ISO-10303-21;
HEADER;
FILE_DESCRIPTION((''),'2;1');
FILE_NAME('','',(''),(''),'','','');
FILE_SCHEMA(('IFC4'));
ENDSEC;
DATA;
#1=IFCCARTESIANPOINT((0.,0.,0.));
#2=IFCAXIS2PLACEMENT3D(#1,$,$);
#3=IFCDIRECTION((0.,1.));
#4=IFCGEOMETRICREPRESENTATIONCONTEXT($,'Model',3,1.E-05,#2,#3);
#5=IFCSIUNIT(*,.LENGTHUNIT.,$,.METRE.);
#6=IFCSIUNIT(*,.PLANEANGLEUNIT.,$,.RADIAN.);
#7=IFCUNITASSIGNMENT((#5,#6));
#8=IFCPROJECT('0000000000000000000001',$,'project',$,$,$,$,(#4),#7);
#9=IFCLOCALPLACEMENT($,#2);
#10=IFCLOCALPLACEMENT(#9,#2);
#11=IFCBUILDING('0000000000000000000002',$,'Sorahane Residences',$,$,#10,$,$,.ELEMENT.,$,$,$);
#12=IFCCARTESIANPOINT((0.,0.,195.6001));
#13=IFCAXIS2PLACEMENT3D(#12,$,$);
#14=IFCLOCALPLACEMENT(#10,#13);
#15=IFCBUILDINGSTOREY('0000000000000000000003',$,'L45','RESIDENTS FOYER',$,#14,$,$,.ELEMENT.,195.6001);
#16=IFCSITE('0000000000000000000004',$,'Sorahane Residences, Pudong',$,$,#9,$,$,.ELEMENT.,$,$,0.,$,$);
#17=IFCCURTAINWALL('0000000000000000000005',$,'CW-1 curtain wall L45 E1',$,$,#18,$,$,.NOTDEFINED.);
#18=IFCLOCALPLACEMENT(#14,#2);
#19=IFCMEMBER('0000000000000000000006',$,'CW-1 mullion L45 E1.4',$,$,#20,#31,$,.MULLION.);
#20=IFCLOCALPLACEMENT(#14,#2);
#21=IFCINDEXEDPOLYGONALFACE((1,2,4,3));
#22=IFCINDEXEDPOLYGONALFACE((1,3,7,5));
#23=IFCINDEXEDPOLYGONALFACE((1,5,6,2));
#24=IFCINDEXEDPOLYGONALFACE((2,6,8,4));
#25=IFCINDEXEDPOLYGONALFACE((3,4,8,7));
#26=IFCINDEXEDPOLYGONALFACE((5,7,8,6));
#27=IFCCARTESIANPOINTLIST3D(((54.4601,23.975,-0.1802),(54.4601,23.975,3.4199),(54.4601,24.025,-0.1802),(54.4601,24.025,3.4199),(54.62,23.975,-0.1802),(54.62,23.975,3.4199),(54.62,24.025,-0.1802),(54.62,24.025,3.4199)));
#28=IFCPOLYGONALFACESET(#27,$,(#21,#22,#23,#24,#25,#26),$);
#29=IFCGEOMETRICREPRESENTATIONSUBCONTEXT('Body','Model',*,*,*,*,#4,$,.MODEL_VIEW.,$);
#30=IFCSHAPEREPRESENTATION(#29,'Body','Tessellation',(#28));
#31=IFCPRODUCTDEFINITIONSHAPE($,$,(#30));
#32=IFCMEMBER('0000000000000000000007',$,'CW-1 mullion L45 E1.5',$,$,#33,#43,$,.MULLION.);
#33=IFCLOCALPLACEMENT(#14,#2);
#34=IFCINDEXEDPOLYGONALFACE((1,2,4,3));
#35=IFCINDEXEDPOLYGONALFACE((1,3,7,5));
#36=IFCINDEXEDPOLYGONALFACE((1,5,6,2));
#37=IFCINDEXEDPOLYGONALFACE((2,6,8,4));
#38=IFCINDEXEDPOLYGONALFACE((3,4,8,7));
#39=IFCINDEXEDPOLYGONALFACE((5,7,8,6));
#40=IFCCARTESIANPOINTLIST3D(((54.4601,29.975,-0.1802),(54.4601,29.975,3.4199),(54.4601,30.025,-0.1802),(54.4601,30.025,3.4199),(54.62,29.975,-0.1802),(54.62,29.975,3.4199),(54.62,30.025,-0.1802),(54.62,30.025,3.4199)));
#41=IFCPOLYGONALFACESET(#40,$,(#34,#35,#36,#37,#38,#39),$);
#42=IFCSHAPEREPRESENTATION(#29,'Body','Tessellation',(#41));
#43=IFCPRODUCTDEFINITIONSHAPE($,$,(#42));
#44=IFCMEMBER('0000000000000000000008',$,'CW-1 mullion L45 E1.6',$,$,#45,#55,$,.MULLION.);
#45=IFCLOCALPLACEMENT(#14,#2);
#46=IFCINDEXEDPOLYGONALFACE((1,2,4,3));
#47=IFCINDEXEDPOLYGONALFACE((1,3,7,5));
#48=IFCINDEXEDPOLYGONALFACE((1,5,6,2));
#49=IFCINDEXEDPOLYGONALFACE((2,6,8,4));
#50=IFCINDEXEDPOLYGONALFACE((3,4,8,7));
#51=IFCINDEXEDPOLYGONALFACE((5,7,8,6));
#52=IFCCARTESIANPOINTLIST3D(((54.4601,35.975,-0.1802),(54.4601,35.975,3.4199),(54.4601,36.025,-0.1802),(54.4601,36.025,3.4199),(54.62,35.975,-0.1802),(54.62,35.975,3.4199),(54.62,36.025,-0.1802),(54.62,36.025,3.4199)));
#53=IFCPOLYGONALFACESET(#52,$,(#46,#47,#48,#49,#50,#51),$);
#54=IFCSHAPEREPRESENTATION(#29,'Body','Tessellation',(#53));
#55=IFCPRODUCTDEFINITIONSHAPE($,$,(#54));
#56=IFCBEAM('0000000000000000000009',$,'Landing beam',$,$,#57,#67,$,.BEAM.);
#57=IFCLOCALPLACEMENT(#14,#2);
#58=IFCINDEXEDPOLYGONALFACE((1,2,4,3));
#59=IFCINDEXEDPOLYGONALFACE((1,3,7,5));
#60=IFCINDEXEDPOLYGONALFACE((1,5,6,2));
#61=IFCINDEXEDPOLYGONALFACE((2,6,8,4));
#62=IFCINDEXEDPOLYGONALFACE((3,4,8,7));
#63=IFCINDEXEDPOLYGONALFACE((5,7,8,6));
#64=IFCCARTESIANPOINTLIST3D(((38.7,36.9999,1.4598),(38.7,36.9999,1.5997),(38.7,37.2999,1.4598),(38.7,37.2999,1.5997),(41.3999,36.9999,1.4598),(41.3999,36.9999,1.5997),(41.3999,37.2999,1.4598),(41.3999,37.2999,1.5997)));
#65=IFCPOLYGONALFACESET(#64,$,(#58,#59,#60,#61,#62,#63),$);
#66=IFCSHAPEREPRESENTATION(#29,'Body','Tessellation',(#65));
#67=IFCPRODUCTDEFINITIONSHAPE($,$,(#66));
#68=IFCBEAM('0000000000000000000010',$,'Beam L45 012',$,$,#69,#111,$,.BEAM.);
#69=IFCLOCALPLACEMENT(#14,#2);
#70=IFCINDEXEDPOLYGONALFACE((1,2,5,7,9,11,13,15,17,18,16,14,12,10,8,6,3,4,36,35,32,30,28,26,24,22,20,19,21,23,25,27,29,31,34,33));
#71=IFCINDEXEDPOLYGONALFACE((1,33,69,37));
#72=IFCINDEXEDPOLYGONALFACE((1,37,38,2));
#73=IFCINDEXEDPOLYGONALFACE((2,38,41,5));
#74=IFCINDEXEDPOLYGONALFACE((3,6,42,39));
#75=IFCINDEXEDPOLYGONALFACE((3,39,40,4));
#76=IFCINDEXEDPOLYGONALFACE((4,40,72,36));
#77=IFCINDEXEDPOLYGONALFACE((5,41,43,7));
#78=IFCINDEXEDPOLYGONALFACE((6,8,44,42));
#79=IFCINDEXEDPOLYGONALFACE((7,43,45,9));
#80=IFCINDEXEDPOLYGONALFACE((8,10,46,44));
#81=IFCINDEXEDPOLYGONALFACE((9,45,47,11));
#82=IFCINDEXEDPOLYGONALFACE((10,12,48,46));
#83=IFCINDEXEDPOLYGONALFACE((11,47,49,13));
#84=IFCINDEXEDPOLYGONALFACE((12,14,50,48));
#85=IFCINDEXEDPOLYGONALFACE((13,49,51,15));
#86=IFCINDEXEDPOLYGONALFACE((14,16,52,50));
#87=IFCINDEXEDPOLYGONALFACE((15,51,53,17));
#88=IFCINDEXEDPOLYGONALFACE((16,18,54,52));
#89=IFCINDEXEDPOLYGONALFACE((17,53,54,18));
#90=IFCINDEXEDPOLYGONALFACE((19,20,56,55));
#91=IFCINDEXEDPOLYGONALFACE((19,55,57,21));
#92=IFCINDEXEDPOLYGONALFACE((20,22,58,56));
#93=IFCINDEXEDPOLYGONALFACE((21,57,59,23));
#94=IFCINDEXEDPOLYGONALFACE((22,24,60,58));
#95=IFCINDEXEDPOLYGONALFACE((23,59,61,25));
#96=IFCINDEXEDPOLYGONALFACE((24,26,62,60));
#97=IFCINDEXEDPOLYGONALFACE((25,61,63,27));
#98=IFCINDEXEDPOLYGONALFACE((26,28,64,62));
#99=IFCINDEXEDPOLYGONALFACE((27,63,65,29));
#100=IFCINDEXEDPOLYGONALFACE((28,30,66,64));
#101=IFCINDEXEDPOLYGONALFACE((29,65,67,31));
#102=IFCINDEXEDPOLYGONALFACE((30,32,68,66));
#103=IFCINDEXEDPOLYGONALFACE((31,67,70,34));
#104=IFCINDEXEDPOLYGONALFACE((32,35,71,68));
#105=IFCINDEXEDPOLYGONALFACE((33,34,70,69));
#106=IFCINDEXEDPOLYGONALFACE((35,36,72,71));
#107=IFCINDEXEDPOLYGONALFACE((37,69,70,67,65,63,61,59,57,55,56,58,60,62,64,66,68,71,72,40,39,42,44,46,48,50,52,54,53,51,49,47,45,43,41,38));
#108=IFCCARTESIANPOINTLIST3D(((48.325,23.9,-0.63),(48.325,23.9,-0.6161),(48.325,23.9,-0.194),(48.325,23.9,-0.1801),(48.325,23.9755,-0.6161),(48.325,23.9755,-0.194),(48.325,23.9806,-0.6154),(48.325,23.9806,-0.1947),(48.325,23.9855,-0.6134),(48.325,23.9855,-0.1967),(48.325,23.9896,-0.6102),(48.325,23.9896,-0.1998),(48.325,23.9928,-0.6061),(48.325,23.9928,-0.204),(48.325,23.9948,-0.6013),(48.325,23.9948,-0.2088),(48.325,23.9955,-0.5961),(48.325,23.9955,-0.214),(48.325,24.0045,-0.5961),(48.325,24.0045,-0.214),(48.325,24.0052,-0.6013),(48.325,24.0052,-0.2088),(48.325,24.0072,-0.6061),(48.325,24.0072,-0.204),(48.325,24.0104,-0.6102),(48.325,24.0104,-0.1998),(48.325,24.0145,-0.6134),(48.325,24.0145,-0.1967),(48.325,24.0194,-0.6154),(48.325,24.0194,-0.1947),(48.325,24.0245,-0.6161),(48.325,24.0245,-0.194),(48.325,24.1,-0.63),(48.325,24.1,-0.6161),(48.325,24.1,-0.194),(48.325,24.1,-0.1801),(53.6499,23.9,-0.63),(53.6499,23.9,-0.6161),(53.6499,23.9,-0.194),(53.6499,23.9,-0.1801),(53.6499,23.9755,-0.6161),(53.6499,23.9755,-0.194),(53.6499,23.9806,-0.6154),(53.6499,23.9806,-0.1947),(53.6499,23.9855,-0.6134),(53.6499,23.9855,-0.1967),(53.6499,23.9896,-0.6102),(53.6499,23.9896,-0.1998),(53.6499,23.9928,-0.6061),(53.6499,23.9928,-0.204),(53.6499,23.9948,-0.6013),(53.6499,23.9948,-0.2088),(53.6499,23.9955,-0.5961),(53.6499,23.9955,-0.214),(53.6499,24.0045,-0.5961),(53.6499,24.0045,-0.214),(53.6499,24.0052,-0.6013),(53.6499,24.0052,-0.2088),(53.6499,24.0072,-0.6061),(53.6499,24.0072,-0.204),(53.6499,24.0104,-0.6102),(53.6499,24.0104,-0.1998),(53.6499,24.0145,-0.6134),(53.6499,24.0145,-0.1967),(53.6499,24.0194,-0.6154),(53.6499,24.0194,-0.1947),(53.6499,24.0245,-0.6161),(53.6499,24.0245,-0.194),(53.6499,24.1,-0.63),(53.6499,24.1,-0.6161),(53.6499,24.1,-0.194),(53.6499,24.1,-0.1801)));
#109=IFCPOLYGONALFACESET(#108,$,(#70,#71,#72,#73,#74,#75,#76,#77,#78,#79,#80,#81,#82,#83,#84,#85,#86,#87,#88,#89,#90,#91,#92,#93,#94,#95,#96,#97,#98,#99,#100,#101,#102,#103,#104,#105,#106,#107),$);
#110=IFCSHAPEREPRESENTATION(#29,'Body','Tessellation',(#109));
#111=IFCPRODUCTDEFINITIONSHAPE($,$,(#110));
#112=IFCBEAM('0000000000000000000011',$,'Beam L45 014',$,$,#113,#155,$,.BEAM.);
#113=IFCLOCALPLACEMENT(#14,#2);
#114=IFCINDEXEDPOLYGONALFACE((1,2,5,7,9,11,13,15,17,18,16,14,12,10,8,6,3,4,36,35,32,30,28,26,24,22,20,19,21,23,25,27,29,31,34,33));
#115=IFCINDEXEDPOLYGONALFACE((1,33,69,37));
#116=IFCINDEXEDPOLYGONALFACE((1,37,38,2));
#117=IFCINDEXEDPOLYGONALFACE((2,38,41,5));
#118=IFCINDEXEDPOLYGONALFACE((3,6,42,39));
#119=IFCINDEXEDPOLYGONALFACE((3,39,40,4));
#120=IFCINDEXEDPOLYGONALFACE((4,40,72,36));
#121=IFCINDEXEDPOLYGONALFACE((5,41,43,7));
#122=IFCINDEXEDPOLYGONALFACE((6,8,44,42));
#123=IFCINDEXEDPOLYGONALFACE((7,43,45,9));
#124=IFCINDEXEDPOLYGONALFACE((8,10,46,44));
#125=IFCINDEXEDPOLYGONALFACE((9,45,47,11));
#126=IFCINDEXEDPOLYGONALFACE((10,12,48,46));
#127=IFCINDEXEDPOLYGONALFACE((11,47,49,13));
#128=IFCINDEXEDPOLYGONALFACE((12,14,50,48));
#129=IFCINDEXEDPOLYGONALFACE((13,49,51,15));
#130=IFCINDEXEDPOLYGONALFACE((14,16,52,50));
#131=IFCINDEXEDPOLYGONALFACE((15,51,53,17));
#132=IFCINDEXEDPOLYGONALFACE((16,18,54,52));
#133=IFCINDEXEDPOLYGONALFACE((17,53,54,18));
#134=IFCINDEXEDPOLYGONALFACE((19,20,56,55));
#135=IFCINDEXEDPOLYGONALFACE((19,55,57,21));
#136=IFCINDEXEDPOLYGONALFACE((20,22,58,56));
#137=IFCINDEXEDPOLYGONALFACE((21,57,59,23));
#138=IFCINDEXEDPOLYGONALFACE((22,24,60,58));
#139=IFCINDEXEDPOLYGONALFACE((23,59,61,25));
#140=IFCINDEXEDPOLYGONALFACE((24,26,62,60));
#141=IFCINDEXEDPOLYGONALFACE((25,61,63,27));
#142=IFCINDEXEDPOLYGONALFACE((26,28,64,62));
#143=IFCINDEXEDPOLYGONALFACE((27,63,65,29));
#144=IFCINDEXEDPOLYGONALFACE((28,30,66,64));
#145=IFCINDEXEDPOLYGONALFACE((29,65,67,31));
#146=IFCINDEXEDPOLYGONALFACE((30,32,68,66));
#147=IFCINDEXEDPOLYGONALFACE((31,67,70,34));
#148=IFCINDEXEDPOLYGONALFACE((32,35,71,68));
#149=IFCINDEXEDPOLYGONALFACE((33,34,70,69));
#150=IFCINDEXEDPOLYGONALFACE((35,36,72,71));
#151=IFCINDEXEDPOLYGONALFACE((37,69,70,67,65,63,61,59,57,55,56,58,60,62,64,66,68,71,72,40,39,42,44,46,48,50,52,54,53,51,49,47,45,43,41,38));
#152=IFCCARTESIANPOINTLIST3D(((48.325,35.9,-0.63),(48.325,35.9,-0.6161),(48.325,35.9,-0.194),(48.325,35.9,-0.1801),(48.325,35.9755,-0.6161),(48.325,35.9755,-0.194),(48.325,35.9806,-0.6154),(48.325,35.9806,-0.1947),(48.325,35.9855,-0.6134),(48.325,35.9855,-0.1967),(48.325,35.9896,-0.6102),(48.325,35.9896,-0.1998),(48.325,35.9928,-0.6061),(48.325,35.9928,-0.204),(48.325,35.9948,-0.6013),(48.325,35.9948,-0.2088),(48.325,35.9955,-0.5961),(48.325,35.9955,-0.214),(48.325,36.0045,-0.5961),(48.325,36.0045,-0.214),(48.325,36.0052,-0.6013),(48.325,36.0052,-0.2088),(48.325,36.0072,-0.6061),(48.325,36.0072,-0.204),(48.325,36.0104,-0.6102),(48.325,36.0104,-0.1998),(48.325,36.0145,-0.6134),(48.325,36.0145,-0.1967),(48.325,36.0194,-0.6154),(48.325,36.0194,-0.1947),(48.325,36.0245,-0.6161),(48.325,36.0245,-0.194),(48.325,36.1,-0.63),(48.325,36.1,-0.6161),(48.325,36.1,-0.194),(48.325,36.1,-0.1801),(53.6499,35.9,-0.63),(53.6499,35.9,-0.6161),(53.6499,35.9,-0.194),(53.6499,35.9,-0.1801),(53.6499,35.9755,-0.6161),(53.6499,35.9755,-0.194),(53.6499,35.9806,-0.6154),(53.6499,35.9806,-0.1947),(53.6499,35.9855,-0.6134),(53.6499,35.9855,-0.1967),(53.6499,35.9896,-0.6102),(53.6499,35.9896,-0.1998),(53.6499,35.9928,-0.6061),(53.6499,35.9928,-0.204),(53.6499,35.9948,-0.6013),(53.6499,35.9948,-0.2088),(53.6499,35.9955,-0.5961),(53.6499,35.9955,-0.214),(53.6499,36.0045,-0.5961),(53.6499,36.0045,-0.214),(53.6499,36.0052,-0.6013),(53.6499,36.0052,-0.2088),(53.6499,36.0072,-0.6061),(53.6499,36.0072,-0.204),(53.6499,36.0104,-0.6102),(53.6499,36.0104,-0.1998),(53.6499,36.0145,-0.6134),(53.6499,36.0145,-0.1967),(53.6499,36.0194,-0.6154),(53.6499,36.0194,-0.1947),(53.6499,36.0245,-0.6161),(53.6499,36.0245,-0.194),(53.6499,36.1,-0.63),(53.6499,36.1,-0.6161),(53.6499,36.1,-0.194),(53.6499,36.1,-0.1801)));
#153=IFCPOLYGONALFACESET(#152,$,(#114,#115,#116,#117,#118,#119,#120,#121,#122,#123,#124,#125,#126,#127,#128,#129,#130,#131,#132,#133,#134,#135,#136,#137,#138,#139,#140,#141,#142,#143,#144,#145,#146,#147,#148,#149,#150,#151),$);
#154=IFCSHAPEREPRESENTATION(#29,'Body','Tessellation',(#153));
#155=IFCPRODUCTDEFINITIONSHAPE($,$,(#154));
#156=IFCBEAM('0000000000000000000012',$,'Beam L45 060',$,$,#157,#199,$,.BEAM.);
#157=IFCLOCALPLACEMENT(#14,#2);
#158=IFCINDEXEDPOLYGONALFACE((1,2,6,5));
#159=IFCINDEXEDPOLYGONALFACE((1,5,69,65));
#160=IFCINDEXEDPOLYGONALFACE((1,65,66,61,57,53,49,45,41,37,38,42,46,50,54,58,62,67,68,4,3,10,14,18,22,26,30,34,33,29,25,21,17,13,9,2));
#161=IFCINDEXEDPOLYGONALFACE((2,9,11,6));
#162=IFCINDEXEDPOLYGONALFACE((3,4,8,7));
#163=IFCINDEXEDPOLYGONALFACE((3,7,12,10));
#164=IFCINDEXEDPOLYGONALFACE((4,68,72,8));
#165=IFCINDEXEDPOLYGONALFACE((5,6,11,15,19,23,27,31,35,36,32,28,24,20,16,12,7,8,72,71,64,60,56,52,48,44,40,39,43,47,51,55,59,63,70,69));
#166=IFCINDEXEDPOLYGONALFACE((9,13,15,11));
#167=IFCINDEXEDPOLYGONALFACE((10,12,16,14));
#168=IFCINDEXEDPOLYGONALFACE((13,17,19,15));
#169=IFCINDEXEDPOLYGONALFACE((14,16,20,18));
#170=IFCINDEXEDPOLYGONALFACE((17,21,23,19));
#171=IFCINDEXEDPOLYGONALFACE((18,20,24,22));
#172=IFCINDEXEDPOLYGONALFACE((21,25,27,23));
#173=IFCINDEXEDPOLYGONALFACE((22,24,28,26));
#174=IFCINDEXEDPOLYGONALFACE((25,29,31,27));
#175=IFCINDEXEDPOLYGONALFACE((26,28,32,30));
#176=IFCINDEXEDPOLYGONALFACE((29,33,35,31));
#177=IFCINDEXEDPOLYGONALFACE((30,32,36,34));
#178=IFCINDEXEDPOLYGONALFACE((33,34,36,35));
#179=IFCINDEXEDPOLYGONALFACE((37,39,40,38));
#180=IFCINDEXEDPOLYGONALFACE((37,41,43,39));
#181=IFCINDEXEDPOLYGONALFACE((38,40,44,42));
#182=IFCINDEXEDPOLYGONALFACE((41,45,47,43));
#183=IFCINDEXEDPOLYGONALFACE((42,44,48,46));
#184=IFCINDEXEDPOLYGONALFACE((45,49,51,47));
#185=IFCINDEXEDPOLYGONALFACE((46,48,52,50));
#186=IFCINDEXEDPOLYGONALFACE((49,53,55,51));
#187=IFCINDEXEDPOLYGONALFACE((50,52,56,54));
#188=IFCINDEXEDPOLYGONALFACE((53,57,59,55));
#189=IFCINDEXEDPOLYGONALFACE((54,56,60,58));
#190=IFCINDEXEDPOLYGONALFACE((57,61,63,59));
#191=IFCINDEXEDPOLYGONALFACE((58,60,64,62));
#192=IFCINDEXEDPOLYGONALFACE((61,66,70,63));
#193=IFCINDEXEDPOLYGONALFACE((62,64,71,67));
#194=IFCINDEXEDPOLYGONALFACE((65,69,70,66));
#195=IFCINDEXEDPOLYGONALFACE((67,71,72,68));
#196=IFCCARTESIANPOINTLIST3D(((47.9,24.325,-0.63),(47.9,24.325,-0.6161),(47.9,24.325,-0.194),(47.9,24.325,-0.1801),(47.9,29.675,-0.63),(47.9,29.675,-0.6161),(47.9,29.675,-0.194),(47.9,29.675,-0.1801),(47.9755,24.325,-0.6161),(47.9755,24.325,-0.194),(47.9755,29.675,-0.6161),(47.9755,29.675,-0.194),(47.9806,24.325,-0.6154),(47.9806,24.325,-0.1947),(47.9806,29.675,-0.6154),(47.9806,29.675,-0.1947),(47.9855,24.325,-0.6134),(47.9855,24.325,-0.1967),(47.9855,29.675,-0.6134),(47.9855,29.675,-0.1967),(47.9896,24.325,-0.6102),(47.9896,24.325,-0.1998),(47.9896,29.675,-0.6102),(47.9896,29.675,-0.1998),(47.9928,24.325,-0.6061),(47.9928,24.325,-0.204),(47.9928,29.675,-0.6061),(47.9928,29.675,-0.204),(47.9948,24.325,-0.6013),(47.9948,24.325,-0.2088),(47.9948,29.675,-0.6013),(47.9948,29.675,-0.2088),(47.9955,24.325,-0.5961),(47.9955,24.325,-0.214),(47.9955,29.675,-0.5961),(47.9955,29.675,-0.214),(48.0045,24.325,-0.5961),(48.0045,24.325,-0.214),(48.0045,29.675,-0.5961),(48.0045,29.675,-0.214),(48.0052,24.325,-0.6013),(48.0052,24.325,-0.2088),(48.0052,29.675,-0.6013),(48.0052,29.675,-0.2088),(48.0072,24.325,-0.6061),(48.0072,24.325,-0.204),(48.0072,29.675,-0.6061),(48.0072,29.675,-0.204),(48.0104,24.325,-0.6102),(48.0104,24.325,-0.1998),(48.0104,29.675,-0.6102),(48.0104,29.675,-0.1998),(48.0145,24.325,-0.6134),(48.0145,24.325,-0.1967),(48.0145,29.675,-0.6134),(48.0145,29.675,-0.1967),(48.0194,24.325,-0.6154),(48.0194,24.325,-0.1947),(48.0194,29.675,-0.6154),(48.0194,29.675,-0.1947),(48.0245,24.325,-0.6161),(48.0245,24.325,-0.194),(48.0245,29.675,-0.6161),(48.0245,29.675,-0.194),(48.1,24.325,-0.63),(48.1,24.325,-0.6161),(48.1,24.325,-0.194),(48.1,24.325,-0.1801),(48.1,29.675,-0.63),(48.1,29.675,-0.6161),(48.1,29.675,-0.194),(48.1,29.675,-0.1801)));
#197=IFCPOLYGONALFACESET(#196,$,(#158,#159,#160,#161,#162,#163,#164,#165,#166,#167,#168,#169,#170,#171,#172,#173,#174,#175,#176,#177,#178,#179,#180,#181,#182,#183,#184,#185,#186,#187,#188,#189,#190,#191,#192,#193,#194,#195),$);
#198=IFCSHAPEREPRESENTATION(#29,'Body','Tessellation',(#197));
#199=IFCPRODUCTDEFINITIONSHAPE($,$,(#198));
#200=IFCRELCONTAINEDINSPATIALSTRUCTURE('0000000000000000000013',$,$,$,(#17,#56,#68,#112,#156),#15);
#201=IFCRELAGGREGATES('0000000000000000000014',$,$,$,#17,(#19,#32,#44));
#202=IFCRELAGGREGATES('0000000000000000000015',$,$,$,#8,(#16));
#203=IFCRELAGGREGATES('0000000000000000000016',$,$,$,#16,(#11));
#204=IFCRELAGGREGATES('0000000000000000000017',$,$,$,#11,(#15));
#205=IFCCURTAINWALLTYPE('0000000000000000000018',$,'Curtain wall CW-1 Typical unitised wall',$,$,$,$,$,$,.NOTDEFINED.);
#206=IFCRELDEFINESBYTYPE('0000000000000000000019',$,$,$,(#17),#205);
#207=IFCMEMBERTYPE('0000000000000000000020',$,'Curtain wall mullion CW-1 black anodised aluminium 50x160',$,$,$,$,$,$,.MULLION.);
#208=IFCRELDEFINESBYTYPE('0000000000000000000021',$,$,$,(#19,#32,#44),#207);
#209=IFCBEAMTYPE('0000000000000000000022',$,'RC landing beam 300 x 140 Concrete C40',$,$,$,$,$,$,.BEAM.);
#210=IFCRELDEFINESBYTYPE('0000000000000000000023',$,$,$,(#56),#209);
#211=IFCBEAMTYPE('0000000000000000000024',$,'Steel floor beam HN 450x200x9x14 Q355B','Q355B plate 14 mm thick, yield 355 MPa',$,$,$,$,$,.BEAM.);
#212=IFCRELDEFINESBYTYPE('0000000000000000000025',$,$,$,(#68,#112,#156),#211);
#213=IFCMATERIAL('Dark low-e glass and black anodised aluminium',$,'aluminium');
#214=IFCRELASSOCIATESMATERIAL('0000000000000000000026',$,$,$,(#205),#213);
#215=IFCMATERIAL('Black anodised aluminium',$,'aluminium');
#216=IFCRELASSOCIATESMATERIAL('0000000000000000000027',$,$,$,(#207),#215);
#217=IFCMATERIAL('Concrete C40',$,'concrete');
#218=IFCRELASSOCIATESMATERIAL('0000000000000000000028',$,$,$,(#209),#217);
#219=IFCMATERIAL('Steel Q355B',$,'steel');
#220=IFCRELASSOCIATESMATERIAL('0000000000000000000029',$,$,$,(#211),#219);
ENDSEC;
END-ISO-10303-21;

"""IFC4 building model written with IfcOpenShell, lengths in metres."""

from ifc_helpers import new_model, si_unit, direction, frame, origin, origin_2d, place, context, subcontext, project, spatial, rectangle, i_section, extrude, material, material_profile, profile_set, type_object, element, aggregate, save


model = new_model("IFC4")

# Units and contexts
model_context = context("Model", 3, precision=1e-05, world=origin(), true_north=direction((0.0, 1.0)))
body_context = subcontext(model_context, "Body", "Model", "MODEL_VIEW")
ifc_project = project(units=[si_unit("LENGTHUNIT", "METRE"), si_unit("PLANEANGLEUNIT", "RADIAN")], contexts=[model_context])

# Site, building, storey
site_placement = place(None, origin())
site = spatial("IfcSite", under=ifc_project, at=site_placement, Name="Sorahane Residences, Pudong", CompositionType="ELEMENT", RefElevation=0.0)
building_placement = place(site_placement, origin())
building = spatial("IfcBuilding", under=site, at=building_placement, Name="Sorahane Residences", CompositionType="ELEMENT")
storey_placement = place(building_placement, frame((0.0, 0.0, 195.6001)))
storey = spatial("IfcBuildingStorey", under=building, at=storey_placement, Name="L45", Description="RESIDENTS FOYER", CompositionType="ELEMENT", Elevation=195.6001)

# Curtain wall, members
ifc_material_1 = material(Name="Dark low-e glass and black anodised aluminium", Category="aluminium")
curtain_wall_type = type_object("IfcCurtainWallType", Name="Curtain wall CW-1 Typical unitised wall", PredefinedType="NOTDEFINED", material=ifc_material_1)
curtain_wall_placement = place(storey_placement, origin())
curtain_wall = element("IfcCurtainWall", 1, at=curtain_wall_placement, inside=storey, type_object=curtain_wall_type, Name="CW-1 curtain wall L45 E1", PredefinedType="NOTDEFINED")
ifc_material_2 = material(Name="Black anodised aluminium", Category="aluminium")
ifc_material_profile_1 = material_profile(ifc_material_2, rectangle(XDim=0.1599, YDim=0.05, at=origin_2d()), Name="Curtain wall mullion CW-1 black anodised aluminium 50x160")
ifc_profile_set_1 = profile_set([ifc_material_profile_1], Name="Black anodised aluminium")
member_type_1 = type_object("IfcMemberType", Name="Curtain wall mullion CW-1 black anodised aluminium 50x160", PredefinedType="MULLION", material=ifc_profile_set_1)
member_1_placement = place(storey_placement, frame((54.54, 24.0, -0.1802), z_axis=(0.0, 0.0, 1.0), x_axis=(1.0, 0.0, 0.0)))
member_1 = element("IfcMember", 2, at=member_1_placement, type_object=member_type_1, Name="CW-1 mullion L45 E1.4", PredefinedType="MULLION", context=body_context, shape_type="SweptSolid", body=[
    extrude(rectangle(XDim=0.1599, YDim=0.05, at=origin_2d()), origin(), (0.0, 0.0, 1.0), 3.6001),
])
member_2_placement = place(storey_placement, frame((54.54, 30.0, -0.1802), z_axis=(0.0, 0.0, 1.0), x_axis=(1.0, 0.0, 0.0)))
member_2 = element("IfcMember", 3, at=member_2_placement, type_object=member_type_1, Name="CW-1 mullion L45 E1.5", PredefinedType="MULLION", context=body_context, shape_type="SweptSolid", body=[
    extrude(rectangle(XDim=0.1599, YDim=0.05, at=origin_2d()), origin(), (0.0, 0.0, 1.0), 3.6001),
])
member_3_placement = place(storey_placement, frame((54.54, 36.0, -0.1802), z_axis=(0.0, 0.0, 1.0), x_axis=(1.0, 0.0, 0.0)))
member_3 = element("IfcMember", 4, at=member_3_placement, type_object=member_type_1, Name="CW-1 mullion L45 E1.6", PredefinedType="MULLION", context=body_context, shape_type="SweptSolid", body=[
    extrude(rectangle(XDim=0.1599, YDim=0.05, at=origin_2d()), origin(), (0.0, 0.0, 1.0), 3.6001),
])

# Beams
ifc_material_3 = material(Name="Concrete C40", Category="concrete")
ifc_material_profile_2 = material_profile(ifc_material_3, rectangle(XDim=0.3, YDim=0.1399, at=origin_2d()), Name="300x140")
ifc_profile_set_2 = profile_set([ifc_material_profile_2], Name="Concrete C40")
beam_type_1 = type_object("IfcBeamType", Name="RC landing beam 300 x 140 Concrete C40", PredefinedType="BEAM", material=ifc_profile_set_2)
beam_1_placement = place(storey_placement, frame((38.7, 37.1499, 1.5298), z_axis=(1.0, 0.0, 0.0), x_axis=(0.0, 1.0, 0.0)))
element("IfcBeam", 5, at=beam_1_placement, inside=storey, type_object=beam_type_1, Name="Landing beam", PredefinedType="BEAM", context=body_context, shape_type="SweptSolid", body=[
    extrude(rectangle(XDim=0.3, YDim=0.1399, at=origin_2d()), origin(), (0.0, 0.0, 1.0), 2.7),
])
ifc_material_4 = material(Name="Steel Q355B", Category="steel")
ifc_material_profile_3 = material_profile(ifc_material_4, i_section(OverallWidth=0.2, OverallDepth=0.45, WebThickness=0.009, FlangeThickness=0.0139, FilletRadius=0.02, at=origin_2d()), Name="HN 450x200x9x14")
ifc_profile_set_3 = profile_set([ifc_material_profile_3], Name="Steel Q355B")
beam_type_2 = type_object("IfcBeamType", Name="Steel floor beam HN 450x200x9x14 Q355B", Description="Q355B plate 14 mm thick, yield 355 MPa", PredefinedType="BEAM", material=ifc_profile_set_3)
for number, where, z_axis, x_axis, name in (
    (6, (48.325, 24.0, -0.405), (1.0, 0.0, 0.0), (0.0, 1.0, 0.0), "Beam L45 012"),
    (7, (48.325, 36.0, -0.405), (1.0, 0.0, 0.0), (0.0, 1.0, 0.0), "Beam L45 014"),
):
    element("IfcBeam", number, at=place(storey_placement, frame(where, z_axis=z_axis, x_axis=x_axis)), inside=storey, type_object=beam_type_2, Name=name, PredefinedType="BEAM", context=body_context, shape_type="SweptSolid", body=[
        extrude(i_section(OverallWidth=0.2, OverallDepth=0.45, WebThickness=0.009, FlangeThickness=0.0139, FilletRadius=0.02, at=origin_2d()), origin(), (0.0, 0.0, 1.0), 5.325),
    ])
for number, where, z_axis, x_axis, name in (
    (8, (48.0, 24.325, -0.405), (0.0, 1.0, 0.0), (-1.0, 0.0, 0.0), "Beam L45 060"),
):
    element("IfcBeam", number, at=place(storey_placement, frame(where, z_axis=z_axis, x_axis=x_axis)), inside=storey, type_object=beam_type_2, Name=name, PredefinedType="BEAM", context=body_context, shape_type="SweptSolid", body=[
        extrude(i_section(OverallWidth=0.2, OverallDepth=0.45, WebThickness=0.009, FlangeThickness=0.0139, FilletRadius=0.02, at=origin_2d()), origin(), (0.0, 0.0, 1.0), 5.3501),
    ])

aggregate(curtain_wall, [member_1, member_2, member_3])

save(model, "model.ifc")
